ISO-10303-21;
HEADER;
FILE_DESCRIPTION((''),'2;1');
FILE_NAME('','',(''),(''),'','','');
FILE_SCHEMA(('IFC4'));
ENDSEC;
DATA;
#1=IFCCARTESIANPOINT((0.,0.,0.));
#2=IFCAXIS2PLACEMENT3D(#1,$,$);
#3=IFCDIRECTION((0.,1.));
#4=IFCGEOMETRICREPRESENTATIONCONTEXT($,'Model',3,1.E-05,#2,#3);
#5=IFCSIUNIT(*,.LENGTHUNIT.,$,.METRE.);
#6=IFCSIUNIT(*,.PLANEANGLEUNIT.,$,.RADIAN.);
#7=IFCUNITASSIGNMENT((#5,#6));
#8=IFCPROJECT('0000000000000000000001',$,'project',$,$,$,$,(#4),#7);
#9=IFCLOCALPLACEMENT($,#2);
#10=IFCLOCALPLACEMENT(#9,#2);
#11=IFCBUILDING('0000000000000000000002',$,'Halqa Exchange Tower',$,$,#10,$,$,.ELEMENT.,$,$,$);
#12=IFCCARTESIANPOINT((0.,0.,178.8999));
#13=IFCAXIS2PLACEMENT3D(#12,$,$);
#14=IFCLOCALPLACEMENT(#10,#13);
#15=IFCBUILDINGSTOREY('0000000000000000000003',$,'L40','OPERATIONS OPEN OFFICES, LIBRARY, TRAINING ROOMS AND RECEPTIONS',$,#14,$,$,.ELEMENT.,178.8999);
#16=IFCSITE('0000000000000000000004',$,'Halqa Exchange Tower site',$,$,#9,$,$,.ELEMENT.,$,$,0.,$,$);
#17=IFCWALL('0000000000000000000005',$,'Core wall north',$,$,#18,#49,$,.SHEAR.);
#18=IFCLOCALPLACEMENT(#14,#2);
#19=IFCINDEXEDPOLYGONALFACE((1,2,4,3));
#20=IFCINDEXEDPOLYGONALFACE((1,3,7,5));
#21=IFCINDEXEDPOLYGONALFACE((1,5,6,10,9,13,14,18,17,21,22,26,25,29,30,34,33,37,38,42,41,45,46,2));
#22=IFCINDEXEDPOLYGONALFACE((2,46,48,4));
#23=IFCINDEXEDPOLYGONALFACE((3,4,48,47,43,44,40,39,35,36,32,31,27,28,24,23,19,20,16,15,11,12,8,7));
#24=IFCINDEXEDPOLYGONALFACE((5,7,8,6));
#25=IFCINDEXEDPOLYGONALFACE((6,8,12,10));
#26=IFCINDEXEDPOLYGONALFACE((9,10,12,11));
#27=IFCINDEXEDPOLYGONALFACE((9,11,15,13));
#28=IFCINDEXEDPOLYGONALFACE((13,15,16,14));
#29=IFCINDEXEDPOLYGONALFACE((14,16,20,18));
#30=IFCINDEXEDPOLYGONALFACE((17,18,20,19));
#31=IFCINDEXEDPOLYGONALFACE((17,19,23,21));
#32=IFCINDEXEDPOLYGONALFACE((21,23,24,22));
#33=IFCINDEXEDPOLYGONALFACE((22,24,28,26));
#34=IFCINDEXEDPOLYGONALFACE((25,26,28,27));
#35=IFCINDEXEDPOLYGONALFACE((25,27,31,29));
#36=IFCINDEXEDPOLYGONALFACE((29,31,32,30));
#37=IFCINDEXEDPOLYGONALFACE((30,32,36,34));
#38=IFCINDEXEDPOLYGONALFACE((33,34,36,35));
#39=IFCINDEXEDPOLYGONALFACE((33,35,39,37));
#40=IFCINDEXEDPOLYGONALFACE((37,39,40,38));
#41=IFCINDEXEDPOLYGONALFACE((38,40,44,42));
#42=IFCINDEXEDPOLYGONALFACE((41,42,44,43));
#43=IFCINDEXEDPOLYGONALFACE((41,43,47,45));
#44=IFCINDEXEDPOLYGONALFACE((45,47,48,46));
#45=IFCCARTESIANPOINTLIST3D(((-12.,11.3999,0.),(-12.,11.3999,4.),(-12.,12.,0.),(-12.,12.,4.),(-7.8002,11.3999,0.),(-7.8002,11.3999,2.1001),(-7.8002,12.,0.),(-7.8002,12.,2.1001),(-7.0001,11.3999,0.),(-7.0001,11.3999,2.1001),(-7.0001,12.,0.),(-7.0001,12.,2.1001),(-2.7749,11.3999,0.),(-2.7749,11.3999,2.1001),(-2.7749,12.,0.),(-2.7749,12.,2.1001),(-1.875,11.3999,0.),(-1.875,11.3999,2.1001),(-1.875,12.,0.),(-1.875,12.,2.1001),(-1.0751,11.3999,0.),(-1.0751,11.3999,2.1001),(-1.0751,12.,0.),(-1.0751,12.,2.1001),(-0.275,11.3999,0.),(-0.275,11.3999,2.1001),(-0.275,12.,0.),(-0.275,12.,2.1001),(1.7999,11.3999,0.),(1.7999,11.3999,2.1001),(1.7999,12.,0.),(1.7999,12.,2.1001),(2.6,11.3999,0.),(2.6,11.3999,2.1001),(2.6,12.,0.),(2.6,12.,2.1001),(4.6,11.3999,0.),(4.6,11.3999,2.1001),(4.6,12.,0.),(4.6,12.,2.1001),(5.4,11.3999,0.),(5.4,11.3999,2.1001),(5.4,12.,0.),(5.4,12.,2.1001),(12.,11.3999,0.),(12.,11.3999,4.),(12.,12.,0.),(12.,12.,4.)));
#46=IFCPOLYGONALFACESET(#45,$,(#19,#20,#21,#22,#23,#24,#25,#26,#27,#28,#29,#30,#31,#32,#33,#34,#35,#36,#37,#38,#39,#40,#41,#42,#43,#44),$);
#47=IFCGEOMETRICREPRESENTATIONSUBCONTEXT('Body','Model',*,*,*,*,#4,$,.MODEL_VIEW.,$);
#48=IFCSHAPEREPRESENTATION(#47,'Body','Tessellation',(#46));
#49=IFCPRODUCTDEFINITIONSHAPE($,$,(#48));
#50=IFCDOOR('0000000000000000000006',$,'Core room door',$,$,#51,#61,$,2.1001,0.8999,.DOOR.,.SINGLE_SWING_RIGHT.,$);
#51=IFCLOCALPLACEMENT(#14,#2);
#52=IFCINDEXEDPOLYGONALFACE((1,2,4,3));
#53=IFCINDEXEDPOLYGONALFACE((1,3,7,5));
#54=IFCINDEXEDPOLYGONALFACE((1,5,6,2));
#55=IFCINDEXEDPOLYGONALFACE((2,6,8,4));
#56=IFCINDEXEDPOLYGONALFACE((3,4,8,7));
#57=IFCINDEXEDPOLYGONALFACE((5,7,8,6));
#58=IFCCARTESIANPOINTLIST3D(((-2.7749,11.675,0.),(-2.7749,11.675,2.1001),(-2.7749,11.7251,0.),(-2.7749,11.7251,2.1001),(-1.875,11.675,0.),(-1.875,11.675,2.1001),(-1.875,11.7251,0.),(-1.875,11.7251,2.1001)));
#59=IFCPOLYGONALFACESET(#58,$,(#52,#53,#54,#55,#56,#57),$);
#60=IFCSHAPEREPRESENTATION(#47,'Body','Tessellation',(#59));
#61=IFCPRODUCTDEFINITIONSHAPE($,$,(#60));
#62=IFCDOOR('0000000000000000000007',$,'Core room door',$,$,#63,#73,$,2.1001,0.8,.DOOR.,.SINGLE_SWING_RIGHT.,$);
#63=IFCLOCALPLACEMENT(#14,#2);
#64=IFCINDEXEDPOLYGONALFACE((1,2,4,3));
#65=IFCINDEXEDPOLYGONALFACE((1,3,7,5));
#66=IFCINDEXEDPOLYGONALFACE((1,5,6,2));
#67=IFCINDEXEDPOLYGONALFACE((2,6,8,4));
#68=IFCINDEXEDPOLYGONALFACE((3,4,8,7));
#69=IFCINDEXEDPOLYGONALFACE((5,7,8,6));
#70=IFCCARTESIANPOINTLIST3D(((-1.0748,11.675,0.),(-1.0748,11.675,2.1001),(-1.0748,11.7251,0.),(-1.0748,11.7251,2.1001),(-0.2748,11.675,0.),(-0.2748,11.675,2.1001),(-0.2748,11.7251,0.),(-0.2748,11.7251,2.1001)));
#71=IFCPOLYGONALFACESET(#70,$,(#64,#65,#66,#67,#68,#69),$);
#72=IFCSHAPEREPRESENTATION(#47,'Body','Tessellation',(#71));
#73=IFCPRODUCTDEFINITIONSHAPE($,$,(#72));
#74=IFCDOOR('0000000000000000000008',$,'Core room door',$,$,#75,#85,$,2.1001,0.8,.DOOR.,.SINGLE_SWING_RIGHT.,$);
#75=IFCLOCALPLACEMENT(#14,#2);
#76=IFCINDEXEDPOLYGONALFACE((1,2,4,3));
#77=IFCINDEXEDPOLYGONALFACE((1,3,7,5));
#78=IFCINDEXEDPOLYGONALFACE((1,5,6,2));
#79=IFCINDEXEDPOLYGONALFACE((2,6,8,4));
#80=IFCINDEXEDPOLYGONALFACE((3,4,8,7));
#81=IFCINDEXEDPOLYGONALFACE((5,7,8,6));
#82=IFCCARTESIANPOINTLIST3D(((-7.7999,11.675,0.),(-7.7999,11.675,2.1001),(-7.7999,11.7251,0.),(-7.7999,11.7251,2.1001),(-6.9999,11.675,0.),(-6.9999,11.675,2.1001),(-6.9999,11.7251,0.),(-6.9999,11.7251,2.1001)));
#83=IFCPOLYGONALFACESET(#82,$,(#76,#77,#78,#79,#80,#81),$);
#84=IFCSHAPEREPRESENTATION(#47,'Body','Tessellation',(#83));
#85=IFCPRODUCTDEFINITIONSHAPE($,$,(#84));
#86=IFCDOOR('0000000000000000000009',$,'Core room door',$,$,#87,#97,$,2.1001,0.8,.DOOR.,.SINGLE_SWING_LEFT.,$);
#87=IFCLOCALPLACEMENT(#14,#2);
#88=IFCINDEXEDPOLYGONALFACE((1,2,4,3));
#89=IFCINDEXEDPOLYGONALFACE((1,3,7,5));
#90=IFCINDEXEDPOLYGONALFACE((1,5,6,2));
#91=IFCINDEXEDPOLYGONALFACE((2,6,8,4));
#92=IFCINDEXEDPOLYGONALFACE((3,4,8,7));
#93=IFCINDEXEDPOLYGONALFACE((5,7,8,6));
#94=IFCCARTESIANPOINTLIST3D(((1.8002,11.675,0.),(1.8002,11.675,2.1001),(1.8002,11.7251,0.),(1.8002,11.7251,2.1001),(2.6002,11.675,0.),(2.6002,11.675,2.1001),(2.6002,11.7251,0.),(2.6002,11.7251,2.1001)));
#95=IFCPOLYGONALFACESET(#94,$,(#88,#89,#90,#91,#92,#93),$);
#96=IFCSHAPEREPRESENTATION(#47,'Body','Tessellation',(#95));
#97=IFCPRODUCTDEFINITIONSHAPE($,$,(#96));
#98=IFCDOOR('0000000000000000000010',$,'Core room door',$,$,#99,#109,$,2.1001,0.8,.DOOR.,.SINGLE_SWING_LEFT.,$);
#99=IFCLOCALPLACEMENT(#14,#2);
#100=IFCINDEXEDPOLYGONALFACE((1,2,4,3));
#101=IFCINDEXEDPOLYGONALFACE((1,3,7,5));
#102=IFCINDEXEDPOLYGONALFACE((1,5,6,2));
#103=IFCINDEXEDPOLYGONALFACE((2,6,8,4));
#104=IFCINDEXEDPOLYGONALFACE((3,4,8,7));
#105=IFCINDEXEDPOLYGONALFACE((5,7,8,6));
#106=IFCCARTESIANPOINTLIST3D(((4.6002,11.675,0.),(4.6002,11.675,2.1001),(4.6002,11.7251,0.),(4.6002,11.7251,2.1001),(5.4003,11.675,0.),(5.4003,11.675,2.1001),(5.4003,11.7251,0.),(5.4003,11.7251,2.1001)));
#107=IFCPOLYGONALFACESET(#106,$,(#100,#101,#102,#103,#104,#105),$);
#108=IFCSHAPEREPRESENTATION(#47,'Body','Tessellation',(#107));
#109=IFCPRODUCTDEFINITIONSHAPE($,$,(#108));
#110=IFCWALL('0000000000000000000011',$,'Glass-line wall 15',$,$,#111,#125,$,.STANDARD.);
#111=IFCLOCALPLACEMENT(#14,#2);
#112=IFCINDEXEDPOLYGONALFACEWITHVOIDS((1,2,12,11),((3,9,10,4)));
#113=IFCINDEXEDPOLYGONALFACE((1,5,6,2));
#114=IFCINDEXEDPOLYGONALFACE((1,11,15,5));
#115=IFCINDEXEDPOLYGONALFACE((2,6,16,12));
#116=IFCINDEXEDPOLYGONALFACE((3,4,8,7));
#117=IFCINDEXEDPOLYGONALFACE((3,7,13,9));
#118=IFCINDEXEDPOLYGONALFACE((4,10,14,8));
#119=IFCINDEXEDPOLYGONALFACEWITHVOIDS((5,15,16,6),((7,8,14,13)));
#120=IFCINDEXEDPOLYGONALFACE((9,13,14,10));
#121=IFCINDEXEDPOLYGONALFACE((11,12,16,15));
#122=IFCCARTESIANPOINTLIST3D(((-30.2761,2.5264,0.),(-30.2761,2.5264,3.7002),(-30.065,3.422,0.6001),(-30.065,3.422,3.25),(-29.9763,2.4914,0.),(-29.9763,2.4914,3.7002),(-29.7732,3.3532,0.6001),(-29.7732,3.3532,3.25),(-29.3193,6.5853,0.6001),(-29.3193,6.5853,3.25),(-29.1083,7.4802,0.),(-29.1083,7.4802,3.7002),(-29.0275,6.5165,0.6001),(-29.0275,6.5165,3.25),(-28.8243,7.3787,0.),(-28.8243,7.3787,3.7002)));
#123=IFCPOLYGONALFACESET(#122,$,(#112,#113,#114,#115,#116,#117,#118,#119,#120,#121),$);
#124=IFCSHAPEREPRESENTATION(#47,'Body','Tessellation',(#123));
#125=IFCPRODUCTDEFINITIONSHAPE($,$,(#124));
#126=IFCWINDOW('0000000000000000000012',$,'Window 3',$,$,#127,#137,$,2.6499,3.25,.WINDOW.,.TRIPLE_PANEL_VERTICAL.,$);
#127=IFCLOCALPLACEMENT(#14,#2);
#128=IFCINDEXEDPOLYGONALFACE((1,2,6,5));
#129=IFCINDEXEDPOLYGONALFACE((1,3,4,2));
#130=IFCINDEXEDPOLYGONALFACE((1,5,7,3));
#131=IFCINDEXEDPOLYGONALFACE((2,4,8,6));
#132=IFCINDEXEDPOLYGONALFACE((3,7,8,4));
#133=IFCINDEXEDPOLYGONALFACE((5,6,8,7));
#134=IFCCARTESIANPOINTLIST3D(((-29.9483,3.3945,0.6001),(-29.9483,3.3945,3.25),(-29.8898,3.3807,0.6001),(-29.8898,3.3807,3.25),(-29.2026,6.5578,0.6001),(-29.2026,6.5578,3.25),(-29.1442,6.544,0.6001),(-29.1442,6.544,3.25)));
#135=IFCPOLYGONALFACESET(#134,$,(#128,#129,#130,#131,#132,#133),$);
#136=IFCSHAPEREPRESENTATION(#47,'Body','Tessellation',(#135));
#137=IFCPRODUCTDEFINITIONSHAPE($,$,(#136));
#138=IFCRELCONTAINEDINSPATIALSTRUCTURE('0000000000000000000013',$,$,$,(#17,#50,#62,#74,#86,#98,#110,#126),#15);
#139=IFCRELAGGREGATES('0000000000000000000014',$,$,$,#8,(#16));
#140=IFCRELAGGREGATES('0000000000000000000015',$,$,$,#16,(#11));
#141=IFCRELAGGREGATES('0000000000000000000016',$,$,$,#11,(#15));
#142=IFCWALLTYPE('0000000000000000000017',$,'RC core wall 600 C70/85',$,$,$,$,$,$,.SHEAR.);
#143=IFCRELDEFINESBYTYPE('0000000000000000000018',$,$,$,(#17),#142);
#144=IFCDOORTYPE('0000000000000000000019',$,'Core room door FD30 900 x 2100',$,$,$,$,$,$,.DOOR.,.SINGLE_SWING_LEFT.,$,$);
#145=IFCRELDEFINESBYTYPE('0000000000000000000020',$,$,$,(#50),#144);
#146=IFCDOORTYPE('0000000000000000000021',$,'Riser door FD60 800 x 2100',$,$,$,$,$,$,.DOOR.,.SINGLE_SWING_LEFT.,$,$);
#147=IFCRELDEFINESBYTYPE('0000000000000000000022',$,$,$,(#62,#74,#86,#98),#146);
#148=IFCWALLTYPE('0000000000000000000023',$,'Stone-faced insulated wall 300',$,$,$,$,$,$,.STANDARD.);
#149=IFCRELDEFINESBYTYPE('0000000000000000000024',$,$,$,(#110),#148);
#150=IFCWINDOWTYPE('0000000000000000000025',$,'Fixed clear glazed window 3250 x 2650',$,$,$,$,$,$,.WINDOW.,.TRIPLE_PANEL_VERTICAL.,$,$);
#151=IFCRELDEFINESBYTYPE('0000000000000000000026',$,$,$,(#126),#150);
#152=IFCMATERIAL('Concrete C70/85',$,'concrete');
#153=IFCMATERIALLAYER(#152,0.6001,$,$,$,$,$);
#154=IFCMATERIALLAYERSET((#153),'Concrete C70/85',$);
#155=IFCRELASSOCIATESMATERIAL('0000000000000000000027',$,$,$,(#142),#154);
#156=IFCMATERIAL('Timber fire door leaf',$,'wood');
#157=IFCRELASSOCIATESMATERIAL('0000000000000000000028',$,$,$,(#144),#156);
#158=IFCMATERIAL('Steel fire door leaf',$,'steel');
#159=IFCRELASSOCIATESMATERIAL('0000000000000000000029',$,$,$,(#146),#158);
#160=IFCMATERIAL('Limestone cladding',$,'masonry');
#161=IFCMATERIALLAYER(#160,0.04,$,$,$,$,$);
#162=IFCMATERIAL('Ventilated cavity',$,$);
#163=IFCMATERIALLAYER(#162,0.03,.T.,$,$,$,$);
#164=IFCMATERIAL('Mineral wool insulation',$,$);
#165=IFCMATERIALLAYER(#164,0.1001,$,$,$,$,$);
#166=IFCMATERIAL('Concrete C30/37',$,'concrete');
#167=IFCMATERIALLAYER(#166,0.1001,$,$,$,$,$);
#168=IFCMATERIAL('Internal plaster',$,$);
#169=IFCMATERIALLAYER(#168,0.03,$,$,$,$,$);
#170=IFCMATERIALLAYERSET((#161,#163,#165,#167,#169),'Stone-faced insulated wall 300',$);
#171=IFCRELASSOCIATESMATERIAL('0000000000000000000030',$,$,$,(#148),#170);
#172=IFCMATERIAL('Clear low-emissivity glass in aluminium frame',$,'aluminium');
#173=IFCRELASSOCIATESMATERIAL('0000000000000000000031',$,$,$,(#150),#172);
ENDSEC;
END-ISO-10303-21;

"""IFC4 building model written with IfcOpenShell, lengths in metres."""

from ifc_helpers import new_model, si_unit, direction, frame, frame_2d, origin, place, context, subcontext, project, spatial, polyline, rectangle, outline, extrude, material, layer, layer_set, type_object, element, fill, save


model = new_model("IFC4")

# Units and contexts
model_context = context("Model", 3, precision=1e-05, world=origin(), true_north=direction((0.0, 1.0)))
body_context = subcontext(model_context, "Body", "Model", "MODEL_VIEW")
ifc_project = project(units=[si_unit("LENGTHUNIT", "METRE"), si_unit("PLANEANGLEUNIT", "RADIAN")], contexts=[model_context])

# Site, building, storey
site_placement = place(None, origin())
site = spatial("IfcSite", under=ifc_project, at=site_placement, Name="Halqa Exchange Tower site", CompositionType="ELEMENT", RefElevation=0.0)
building_placement = place(site_placement, origin())
building = spatial("IfcBuilding", under=site, at=building_placement, Name="Halqa Exchange Tower", CompositionType="ELEMENT")
storey_placement = place(building_placement, frame((0.0, 0.0, 178.8999)))
storey = spatial("IfcBuildingStorey", under=building, at=storey_placement, Name="L40", Description="OPERATIONS OPEN OFFICES, LIBRARY, TRAINING ROOMS AND RECEPTIONS", CompositionType="ELEMENT", Elevation=178.8999)

# Shared definitions
ifc_material_1 = material(Name="Concrete C70/85", Category="concrete")

# Shared definitions
ifc_material_2 = material(Name="Steel fire door leaf", Category="steel")

# Wall, openings, doors
ifc_layer_1 = layer(ifc_material_1, 0.6001)
ifc_layer_set_1 = layer_set([ifc_layer_1], Name="Concrete C70/85")
wall_type_1 = type_object("IfcWallType", Name="RC core wall 600 C70/85", PredefinedType="SHEAR", material=ifc_layer_set_1)
wall_1_placement = place(storey_placement, frame((-12.0, 11.7, 0.0), z_axis=(0.0, 0.0, 1.0), x_axis=(1.0, 0.0, 0.0)))
wall_1 = element("IfcWall", 1, at=wall_1_placement, inside=storey, type_object=wall_type_1, Name="Core wall north", PredefinedType="SHEAR", context=body_context, shape_type="SweptSolid", body=[
    extrude(rectangle(XDim=24.0, YDim=0.6001, at=frame_2d((12.0, 0.0))), origin(), (0.0, 0.0, 1.0), 4.0),
])
opening_1_placement = place(wall_1_placement, frame((9.2251, 0.0, 0.0)))
opening_1 = element("IfcOpeningElement", 2, at=opening_1_placement, cuts=wall_1, PredefinedType="OPENING", context=body_context, shape_type="SweptSolid", body=[
    extrude(rectangle(XDim=0.8999, YDim=2.1001, at=frame_2d((0.45, 1.05))), frame((0.0, 0.312, 0.0), z_axis=(0.0, -1.0, 0.0), x_axis=(1.0, 0.0, 0.0)), (0.0, 0.0, 1.0), 0.624),
])
opening_2_placement = place(wall_1_placement, frame((10.925, 0.0, 0.0)))
opening_2 = element("IfcOpeningElement", 3, at=opening_2_placement, cuts=wall_1, PredefinedType="OPENING", context=body_context, shape_type="SweptSolid", body=[
    extrude(rectangle(XDim=0.8, YDim=2.1001, at=frame_2d((0.3999, 1.05))), frame((0.0, 0.312, 0.0), z_axis=(0.0, -1.0, 0.0), x_axis=(1.0, 0.0, 0.0)), (0.0, 0.0, 1.0), 0.624),
])
opening_3_placement = place(wall_1_placement, frame((4.2, 0.0, 0.0)))
opening_3 = element("IfcOpeningElement", 4, at=opening_3_placement, cuts=wall_1, PredefinedType="OPENING", context=body_context, shape_type="SweptSolid", body=[
    extrude(rectangle(XDim=0.8, YDim=2.1001, at=frame_2d((0.3999, 1.05))), frame((0.0, 0.312, 0.0), z_axis=(0.0, -1.0, 0.0), x_axis=(1.0, 0.0, 0.0)), (0.0, 0.0, 1.0), 0.624),
])
opening_4_placement = place(wall_1_placement, frame((13.8, 0.0, 0.0)))
opening_4 = element("IfcOpeningElement", 5, at=opening_4_placement, cuts=wall_1, PredefinedType="OPENING", context=body_context, shape_type="SweptSolid", body=[
    extrude(rectangle(XDim=0.8, YDim=2.1001, at=frame_2d((0.3999, 1.05))), frame((0.0, 0.312, 0.0), z_axis=(0.0, -1.0, 0.0), x_axis=(1.0, 0.0, 0.0)), (0.0, 0.0, 1.0), 0.624),
])
opening_5_placement = place(wall_1_placement, frame((16.6001, 0.0, 0.0)))
opening_5 = element("IfcOpeningElement", 6, at=opening_5_placement, cuts=wall_1, PredefinedType="OPENING", context=body_context, shape_type="SweptSolid", body=[
    extrude(rectangle(XDim=0.8, YDim=2.1001, at=frame_2d((0.3999, 1.05))), frame((0.0, 0.312, 0.0), z_axis=(0.0, -1.0, 0.0), x_axis=(1.0, 0.0, 0.0)), (0.0, 0.0, 1.0), 0.624),
])
ifc_material_3 = material(Name="Timber fire door leaf", Category="wood")
door_type_1 = type_object("IfcDoorType", Name="Core room door FD30 900 x 2100", OperationType="SINGLE_SWING_LEFT", PredefinedType="DOOR", material=ifc_material_3)
door_1_placement = place(opening_1_placement, frame((0.8999, 0.0, 0.0), z_axis=(0.0, 0.0, 1.0), x_axis=(-1.0, 0.0, 0.0)))
door_1 = element("IfcDoor", 7, at=door_1_placement, inside=storey, type_object=door_type_1, Name="Core room door", OperationType="SINGLE_SWING_RIGHT", OverallHeight=2.1001, OverallWidth=0.8999, PredefinedType="DOOR", context=body_context, shape_type="SweptSolid", body=[
    extrude(rectangle(XDim=0.8999, YDim=2.1001, at=frame_2d((0.45, 1.05))), frame((0.0, 0.0249, 0.0), z_axis=(0.0, -1.0, 0.0), x_axis=(1.0, 0.0, 0.0)), (0.0, 0.0, 1.0), 0.05),
])
fill(opening_1, door_1)
door_type_2 = type_object("IfcDoorType", Name="Riser door FD60 800 x 2100", OperationType="SINGLE_SWING_LEFT", PredefinedType="DOOR", material=ifc_material_2)
door_2_placement = place(opening_2_placement, frame((0.8, 0.0, 0.0), z_axis=(0.0, 0.0, 1.0), x_axis=(-1.0, 0.0, 0.0)))
door_2 = element("IfcDoor", 8, at=door_2_placement, inside=storey, type_object=door_type_2, Name="Core room door", OperationType="SINGLE_SWING_RIGHT", OverallHeight=2.1001, OverallWidth=0.8, PredefinedType="DOOR", context=body_context, shape_type="SweptSolid", body=[
    extrude(rectangle(XDim=0.8, YDim=2.1001, at=frame_2d((0.3999, 1.05))), frame((0.0, 0.0249, 0.0), z_axis=(0.0, -1.0, 0.0), x_axis=(1.0, 0.0, 0.0)), (0.0, 0.0, 1.0), 0.05),
])
fill(opening_2, door_2)
door_3_placement = place(opening_3_placement, frame((0.8, 0.0, 0.0), z_axis=(0.0, 0.0, 1.0), x_axis=(-1.0, 0.0, 0.0)))
door_3 = element("IfcDoor", 9, at=door_3_placement, inside=storey, type_object=door_type_2, Name="Core room door", OperationType="SINGLE_SWING_RIGHT", OverallHeight=2.1001, OverallWidth=0.8, PredefinedType="DOOR", context=body_context, shape_type="SweptSolid", body=[
    extrude(rectangle(XDim=0.8, YDim=2.1001, at=frame_2d((0.3999, 1.05))), frame((0.0, 0.0249, 0.0), z_axis=(0.0, -1.0, 0.0), x_axis=(1.0, 0.0, 0.0)), (0.0, 0.0, 1.0), 0.05),
])
fill(opening_3, door_3)
door_4_placement = place(opening_4_placement, frame((0.8, 0.0, 0.0), z_axis=(0.0, 0.0, 1.0), x_axis=(-1.0, 0.0, 0.0)))
door_4 = element("IfcDoor", 10, at=door_4_placement, inside=storey, type_object=door_type_2, Name="Core room door", OperationType="SINGLE_SWING_LEFT", OverallHeight=2.1001, OverallWidth=0.8, PredefinedType="DOOR", context=body_context, shape_type="SweptSolid", body=[
    extrude(rectangle(XDim=0.8, YDim=2.1001, at=frame_2d((0.3999, 1.05))), frame((0.0, 0.0249, 0.0), z_axis=(0.0, -1.0, 0.0), x_axis=(1.0, 0.0, 0.0)), (0.0, 0.0, 1.0), 0.05),
])
fill(opening_4, door_4)
door_5_placement = place(opening_5_placement, frame((0.8, 0.0, 0.0), z_axis=(0.0, 0.0, 1.0), x_axis=(-1.0, 0.0, 0.0)))
door_5 = element("IfcDoor", 11, at=door_5_placement, inside=storey, type_object=door_type_2, Name="Core room door", OperationType="SINGLE_SWING_LEFT", OverallHeight=2.1001, OverallWidth=0.8, PredefinedType="DOOR", context=body_context, shape_type="SweptSolid", body=[
    extrude(rectangle(XDim=0.8, YDim=2.1001, at=frame_2d((0.3999, 1.05))), frame((0.0, 0.0249, 0.0), z_axis=(0.0, -1.0, 0.0), x_axis=(1.0, 0.0, 0.0)), (0.0, 0.0, 1.0), 0.05),
])
fill(opening_5, door_5)

# Wall, opening, window
ifc_material_4 = material(Name="Limestone cladding", Category="masonry")
ifc_layer_2 = layer(ifc_material_4, 0.04)
ifc_material_5 = material(Name="Ventilated cavity")
ifc_layer_3 = layer(ifc_material_5, 0.03, ventilated=True)
ifc_material_6 = material(Name="Mineral wool insulation")
ifc_layer_4 = layer(ifc_material_6, 0.1001)
ifc_material_7 = material(Name="Concrete C30/37", Category="concrete")
ifc_layer_5 = layer(ifc_material_7, 0.1001)
ifc_material_8 = material(Name="Internal plaster")
ifc_layer_6 = layer(ifc_material_8, 0.03)
ifc_layer_set_2 = layer_set([ifc_layer_2, ifc_layer_3, ifc_layer_4, ifc_layer_5, ifc_layer_6], Name="Stone-faced insulated wall 300")
wall_type_2 = type_object("IfcWallType", Name="Stone-faced insulated wall 300", PredefinedType="STANDARD", material=ifc_layer_set_2)
wall_2_placement = place(storey_placement, frame((-28.9663, 7.4294, 0.0), z_axis=(0.0, 0.0, 1.0), x_axis=(-0.229435, -0.973324, 0.0)))
wall_2 = element("IfcWall", 12, at=wall_2_placement, inside=storey, type_object=wall_type_2, Name="Glass-line wall 15", PredefinedType="STANDARD", context=body_context, shape_type="SweptSolid", body=[
    extrude(outline(polyline([(-0.0168, -0.1499), (5.0728, -0.1499), (5.0381, 0.1499), (0.0168, 0.1499), (-0.0168, -0.1499)])), origin(), (0.0, 0.0, 1.0), 3.7002),
])
opening_6_placement = place(wall_2_placement, frame((0.9026, 0.0, 0.6001)))
opening_6 = element("IfcOpeningElement", 13, at=opening_6_placement, cuts=wall_2, PredefinedType="OPENING", context=body_context, shape_type="SweptSolid", body=[
    extrude(rectangle(XDim=3.25, YDim=2.6499, at=frame_2d((1.625, 1.325))), frame((0.0, 0.1621, 0.0), z_axis=(0.0, -1.0, 0.0), x_axis=(1.0, 0.0, 0.0)), (0.0, 0.0, 1.0), 0.324),
])
ifc_material_9 = material(Name="Clear low-emissivity glass in aluminium frame", Category="aluminium")
window_type = type_object("IfcWindowType", Name="Fixed clear glazed window 3250 x 2650", PartitioningType="TRIPLE_PANEL_VERTICAL", PredefinedType="WINDOW", material=ifc_material_9)
window_placement = place(opening_6_placement, origin())
window = element("IfcWindow", 14, at=window_placement, inside=storey, type_object=window_type, Name="Window 3", OverallHeight=2.6499, OverallWidth=3.25, PartitioningType="TRIPLE_PANEL_VERTICAL", PredefinedType="WINDOW", context=body_context, shape_type="SweptSolid", body=[
    extrude(rectangle(XDim=3.25, YDim=2.6499, at=frame_2d((1.625, 1.325))), frame((0.0, 0.03, 0.0), z_axis=(0.0, -1.0, 0.0), x_axis=(1.0, 0.0, 0.0)), (0.0, 0.0, 1.0), 0.0601),
])
fill(opening_6, window)

save(model, "model.ifc")
